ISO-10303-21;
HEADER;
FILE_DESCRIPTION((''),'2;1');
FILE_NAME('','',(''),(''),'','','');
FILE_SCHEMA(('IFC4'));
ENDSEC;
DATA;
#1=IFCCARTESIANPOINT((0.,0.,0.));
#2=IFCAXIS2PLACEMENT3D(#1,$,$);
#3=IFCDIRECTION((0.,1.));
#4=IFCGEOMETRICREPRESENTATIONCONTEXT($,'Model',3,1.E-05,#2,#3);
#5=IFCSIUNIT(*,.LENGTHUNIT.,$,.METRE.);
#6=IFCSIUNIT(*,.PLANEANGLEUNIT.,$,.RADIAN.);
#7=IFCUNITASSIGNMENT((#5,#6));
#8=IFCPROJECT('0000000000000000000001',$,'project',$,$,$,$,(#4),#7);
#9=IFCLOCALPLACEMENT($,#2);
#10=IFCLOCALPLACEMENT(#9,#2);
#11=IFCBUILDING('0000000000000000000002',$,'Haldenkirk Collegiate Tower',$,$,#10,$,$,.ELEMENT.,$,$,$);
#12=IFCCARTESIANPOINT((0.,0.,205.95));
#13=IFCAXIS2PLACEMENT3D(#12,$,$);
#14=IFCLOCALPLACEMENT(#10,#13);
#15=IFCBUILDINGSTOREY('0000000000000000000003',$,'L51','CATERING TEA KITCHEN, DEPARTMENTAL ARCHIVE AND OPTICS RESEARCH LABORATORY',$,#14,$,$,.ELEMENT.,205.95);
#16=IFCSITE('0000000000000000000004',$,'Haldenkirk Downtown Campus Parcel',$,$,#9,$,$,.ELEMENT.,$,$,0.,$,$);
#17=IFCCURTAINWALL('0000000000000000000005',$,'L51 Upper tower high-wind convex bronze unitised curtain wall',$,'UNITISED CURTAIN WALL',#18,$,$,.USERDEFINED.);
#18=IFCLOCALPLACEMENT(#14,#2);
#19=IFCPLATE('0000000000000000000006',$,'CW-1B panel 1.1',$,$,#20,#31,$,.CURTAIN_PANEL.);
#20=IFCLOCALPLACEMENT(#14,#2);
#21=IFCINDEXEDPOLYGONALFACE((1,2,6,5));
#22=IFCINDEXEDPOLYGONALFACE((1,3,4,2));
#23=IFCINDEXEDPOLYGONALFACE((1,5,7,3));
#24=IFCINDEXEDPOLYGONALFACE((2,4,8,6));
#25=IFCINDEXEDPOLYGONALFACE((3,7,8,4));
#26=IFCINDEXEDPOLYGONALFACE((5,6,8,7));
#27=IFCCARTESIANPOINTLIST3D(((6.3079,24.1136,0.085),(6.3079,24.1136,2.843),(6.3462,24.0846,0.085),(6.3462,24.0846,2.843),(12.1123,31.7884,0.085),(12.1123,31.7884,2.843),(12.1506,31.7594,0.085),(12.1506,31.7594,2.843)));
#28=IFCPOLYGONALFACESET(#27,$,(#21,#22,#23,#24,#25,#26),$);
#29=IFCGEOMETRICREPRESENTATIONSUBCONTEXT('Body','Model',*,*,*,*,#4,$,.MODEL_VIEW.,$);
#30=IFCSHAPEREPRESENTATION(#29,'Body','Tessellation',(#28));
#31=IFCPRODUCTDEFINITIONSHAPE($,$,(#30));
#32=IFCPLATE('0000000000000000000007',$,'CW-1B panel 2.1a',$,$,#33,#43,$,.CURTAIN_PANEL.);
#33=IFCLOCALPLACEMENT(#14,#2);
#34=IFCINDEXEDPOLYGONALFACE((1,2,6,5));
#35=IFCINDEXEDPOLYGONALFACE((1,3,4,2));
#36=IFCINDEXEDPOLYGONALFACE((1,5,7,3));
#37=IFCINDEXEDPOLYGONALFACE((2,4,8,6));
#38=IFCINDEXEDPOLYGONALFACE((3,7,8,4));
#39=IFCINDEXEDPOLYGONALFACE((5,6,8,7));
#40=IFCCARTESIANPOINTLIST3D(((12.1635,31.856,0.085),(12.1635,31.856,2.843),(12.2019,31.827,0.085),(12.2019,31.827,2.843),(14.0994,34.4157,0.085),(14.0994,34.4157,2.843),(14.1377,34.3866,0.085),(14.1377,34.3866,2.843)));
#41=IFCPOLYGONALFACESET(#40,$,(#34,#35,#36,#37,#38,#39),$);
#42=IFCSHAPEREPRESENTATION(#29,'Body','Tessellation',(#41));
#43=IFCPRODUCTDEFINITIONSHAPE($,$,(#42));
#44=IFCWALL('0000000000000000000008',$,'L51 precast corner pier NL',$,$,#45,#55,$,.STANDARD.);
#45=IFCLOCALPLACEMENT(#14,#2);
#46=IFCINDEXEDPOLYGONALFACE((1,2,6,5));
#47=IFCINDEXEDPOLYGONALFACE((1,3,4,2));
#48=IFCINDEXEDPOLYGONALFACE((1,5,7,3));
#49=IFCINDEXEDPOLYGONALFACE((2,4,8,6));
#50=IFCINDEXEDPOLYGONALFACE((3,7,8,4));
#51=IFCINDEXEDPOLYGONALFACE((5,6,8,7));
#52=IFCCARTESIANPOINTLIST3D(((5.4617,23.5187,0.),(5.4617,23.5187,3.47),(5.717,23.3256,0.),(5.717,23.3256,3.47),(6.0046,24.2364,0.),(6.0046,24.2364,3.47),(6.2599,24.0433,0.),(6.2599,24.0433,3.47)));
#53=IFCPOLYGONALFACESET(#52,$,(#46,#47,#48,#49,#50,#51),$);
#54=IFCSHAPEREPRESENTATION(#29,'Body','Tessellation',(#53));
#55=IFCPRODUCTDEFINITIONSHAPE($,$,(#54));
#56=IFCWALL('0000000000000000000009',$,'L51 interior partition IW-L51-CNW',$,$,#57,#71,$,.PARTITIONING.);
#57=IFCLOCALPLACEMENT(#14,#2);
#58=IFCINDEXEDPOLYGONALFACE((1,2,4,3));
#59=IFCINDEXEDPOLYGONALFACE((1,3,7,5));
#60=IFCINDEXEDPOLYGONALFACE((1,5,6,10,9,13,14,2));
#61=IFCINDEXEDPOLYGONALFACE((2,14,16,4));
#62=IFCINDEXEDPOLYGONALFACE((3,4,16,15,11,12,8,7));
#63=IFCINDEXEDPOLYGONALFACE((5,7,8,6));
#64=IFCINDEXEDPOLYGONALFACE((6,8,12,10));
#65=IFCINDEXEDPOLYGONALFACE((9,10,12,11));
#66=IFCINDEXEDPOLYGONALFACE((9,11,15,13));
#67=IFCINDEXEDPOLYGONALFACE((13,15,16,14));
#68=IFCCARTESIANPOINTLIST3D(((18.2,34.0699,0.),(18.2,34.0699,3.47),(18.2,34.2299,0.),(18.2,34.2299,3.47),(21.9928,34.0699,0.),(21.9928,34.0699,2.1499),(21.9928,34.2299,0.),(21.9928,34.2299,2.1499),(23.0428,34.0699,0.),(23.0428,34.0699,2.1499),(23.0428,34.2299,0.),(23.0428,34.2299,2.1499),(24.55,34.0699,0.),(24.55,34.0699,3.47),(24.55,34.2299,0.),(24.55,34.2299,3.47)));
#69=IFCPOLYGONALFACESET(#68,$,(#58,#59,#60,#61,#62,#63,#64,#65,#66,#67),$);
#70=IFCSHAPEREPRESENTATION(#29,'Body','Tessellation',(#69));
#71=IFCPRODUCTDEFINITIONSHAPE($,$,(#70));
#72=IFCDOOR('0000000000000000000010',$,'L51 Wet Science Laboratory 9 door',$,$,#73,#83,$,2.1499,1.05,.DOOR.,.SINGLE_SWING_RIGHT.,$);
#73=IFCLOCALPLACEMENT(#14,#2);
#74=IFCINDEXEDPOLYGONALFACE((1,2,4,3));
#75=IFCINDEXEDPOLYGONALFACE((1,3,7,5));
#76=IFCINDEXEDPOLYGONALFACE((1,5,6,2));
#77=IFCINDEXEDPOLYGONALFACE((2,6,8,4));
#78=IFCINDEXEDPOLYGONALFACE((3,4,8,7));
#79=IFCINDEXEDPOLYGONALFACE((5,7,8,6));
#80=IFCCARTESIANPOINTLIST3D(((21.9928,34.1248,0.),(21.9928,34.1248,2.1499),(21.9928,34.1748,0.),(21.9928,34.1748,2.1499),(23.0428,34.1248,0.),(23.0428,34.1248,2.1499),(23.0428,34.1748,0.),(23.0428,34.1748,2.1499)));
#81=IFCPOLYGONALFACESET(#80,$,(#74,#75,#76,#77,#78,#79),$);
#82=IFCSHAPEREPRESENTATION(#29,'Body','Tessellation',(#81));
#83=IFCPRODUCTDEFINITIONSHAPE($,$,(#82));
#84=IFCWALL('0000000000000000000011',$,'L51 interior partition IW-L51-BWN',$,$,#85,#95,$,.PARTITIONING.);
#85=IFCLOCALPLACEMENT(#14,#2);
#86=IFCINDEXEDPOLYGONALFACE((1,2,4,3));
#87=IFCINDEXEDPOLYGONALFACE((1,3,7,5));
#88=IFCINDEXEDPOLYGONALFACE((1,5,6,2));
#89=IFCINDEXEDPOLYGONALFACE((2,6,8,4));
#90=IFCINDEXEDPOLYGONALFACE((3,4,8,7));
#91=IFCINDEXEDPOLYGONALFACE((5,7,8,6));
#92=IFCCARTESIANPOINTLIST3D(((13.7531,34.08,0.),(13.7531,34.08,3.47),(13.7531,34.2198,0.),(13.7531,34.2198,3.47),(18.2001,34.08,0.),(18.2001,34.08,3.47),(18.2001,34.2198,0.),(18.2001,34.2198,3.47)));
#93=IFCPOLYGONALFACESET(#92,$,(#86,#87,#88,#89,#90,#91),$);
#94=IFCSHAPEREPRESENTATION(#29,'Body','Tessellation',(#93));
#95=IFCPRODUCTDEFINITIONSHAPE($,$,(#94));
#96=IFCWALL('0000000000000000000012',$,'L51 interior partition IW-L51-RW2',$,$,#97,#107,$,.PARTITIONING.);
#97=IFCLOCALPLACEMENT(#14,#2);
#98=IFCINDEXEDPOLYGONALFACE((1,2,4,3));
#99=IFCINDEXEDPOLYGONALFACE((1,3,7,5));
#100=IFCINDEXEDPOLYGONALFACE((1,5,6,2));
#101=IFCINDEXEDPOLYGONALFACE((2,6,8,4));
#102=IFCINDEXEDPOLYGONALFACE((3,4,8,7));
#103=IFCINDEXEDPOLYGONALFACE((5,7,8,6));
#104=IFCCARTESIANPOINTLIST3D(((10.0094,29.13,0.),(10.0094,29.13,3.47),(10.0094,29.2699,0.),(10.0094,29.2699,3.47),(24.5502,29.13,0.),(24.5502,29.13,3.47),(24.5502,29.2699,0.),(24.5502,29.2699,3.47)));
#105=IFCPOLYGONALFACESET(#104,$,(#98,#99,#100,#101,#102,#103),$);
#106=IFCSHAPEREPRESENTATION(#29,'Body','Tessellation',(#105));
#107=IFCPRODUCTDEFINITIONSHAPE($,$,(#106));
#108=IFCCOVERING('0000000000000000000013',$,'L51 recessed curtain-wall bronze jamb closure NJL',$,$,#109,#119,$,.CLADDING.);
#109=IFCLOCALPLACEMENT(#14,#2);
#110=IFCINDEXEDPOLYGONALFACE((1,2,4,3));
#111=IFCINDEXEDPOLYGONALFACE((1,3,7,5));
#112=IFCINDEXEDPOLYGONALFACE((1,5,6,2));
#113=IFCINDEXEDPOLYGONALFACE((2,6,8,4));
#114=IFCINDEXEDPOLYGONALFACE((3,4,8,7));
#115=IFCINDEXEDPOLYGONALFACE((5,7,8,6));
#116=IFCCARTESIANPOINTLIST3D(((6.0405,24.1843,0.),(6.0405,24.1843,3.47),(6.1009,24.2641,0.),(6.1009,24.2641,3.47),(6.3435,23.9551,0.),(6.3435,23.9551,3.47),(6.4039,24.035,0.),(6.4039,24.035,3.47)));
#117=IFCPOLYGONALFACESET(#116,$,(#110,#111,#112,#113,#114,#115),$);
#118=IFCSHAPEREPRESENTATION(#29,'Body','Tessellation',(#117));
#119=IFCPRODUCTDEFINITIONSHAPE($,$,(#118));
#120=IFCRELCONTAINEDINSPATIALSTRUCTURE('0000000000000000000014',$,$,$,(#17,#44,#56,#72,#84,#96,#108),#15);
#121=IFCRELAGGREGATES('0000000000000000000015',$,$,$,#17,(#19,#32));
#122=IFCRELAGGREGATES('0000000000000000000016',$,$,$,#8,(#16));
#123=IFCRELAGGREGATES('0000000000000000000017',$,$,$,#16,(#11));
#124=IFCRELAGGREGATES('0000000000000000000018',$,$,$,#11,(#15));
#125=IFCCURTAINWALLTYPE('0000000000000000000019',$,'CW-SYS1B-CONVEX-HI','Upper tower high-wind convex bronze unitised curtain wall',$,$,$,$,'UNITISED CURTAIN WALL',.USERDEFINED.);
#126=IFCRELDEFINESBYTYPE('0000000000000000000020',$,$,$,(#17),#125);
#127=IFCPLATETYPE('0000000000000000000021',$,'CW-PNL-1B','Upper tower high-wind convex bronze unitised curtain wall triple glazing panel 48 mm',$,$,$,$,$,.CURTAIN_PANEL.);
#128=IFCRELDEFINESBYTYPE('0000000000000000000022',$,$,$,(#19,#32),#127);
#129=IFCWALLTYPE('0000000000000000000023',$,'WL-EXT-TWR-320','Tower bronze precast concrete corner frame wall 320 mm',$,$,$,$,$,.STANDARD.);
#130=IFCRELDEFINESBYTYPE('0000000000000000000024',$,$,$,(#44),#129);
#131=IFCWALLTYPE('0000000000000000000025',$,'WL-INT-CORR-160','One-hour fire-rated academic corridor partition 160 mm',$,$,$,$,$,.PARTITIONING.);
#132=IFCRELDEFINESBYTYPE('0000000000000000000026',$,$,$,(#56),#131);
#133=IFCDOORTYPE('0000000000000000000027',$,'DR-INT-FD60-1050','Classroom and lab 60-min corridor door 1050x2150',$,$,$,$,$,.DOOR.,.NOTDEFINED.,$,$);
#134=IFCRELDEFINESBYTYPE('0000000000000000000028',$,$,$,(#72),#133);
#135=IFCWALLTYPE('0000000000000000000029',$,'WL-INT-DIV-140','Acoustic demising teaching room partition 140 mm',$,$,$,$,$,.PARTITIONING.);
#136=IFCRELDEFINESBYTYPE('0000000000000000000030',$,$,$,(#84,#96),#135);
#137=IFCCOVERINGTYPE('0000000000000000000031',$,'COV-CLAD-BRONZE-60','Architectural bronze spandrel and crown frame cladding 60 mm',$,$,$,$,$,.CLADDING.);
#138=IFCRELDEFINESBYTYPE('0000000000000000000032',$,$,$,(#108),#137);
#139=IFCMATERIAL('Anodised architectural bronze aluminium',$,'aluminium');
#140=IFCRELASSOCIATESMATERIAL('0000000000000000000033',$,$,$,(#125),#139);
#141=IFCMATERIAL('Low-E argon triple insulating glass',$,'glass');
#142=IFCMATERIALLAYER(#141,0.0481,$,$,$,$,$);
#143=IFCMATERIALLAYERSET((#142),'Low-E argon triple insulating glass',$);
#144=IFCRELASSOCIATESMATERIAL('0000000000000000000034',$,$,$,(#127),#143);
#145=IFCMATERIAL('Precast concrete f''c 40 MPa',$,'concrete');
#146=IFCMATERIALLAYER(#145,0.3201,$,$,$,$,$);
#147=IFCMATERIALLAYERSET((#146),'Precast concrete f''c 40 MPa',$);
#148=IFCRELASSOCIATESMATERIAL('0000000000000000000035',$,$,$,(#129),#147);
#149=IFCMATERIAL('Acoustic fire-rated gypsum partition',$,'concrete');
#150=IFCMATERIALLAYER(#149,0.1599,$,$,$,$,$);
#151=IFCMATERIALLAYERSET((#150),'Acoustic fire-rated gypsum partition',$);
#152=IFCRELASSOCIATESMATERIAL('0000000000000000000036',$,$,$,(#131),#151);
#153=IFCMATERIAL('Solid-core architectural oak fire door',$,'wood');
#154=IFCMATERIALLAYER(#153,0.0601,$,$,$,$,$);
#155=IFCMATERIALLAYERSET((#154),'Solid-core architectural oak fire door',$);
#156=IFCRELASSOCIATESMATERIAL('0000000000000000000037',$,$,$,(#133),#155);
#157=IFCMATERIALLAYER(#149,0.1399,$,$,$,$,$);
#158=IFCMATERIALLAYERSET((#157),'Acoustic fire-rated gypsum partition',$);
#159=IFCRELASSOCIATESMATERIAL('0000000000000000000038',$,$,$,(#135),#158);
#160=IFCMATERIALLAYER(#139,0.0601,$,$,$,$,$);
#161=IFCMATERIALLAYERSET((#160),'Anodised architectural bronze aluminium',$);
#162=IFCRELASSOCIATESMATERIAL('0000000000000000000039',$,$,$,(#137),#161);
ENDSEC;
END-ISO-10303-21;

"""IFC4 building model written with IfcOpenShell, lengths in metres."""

from ifc_helpers import new_model, si_unit, direction, frame, frame_2d, origin, origin_2d, place, context, subcontext, project, spatial, rectangle, extrude, source, transform, mapped, material, layer, layer_set, type_object, element, fill, aggregate, save


model = new_model("IFC4")

# Units and contexts
model_context = context("Model", 3, precision=1e-05, world=origin(), true_north=direction((0.0, 1.0)))
body_context = subcontext(model_context, "Body", "Model", "MODEL_VIEW")
ifc_project = project(units=[si_unit("LENGTHUNIT", "METRE"), si_unit("PLANEANGLEUNIT", "RADIAN")], contexts=[model_context])

# Site, building, storey
site_placement = place(None, origin())
site = spatial("IfcSite", under=ifc_project, at=site_placement, Name="Haldenkirk Downtown Campus Parcel", CompositionType="ELEMENT", RefElevation=0.0)
building_placement = place(site_placement, origin())
building = spatial("IfcBuilding", under=site, at=building_placement, Name="Haldenkirk Collegiate Tower", CompositionType="ELEMENT")
storey_placement = place(building_placement, frame((0.0, 0.0, 205.95)))
storey = spatial("IfcBuildingStorey", under=building, at=storey_placement, Name="L51", Description="CATERING TEA KITCHEN, DEPARTMENTAL ARCHIVE AND OPTICS RESEARCH LABORATORY", CompositionType="ELEMENT", Elevation=205.95)

# Curtain wall, plates
ifc_material_1 = material(Name="Anodised architectural bronze aluminium", Category="aluminium")
curtain_wall_type = type_object("IfcCurtainWallType", Name="CW-SYS1B-CONVEX-HI", Description="Upper tower high-wind convex bronze unitised curtain wall", ElementType="UNITISED CURTAIN WALL", PredefinedType="USERDEFINED", material=ifc_material_1)
curtain_wall_placement = place(storey_placement, origin())
curtain_wall = element("IfcCurtainWall", 1, at=curtain_wall_placement, inside=storey, type_object=curtain_wall_type, Name="L51 Upper tower high-wind convex bronze unitised curtain wall", ObjectType="UNITISED CURTAIN WALL", PredefinedType="USERDEFINED")
ifc_material_2 = material(Name="Low-E argon triple insulating glass", Category="glass")
ifc_layer_1 = layer(ifc_material_2, 0.0481)
ifc_layer_set_1 = layer_set([ifc_layer_1], Name="Low-E argon triple insulating glass")
plate_type = type_object("IfcPlateType", Name="CW-PNL-1B", Description="Upper tower high-wind convex bronze unitised curtain wall triple glazing panel 48 mm", PredefinedType="CURTAIN_PANEL", material=ifc_layer_set_1)
shared_shape_1 = source(origin(), body_context, "Body", "SweptSolid", [
    extrude(rectangle(XDim=9.6226, YDim=0.0481, at=origin_2d()), origin(), (0.0, 0.0, 1.0), 2.7581),
])
plate_1_placement = place(storey_placement, frame((9.2292, 27.9365, 0.085), z_axis=(0.0, 0.0, 1.0), x_axis=(0.603207, 0.797584, 0.0)))
plate_1 = element("IfcPlate", 2, at=plate_1_placement, type_object=plate_type, Name="CW-1B panel 1.1", PredefinedType="CURTAIN_PANEL", context=body_context, shape_type="MappedRepresentation", body=[
    mapped(shared_shape_1, transform((0.0, 0.0, 0.0), x_axis=(1.0, 0.0, 0.0), y_axis=(0.0, 1.0, 0.0), z_axis=(0.0, 0.0, 1.0), scale=1.0)),
])
shared_shape_2 = source(origin(), body_context, "Body", "SweptSolid", [
    extrude(rectangle(XDim=3.2092, YDim=0.0481, at=origin_2d()), origin(), (0.0, 0.0, 1.0), 2.7581),
])
plate_2_placement = place(storey_placement, frame((13.1506, 33.1213, 0.085), z_axis=(0.0, 0.0, 1.0), x_axis=(0.603207, 0.797584, 0.0)))
plate_2 = element("IfcPlate", 3, at=plate_2_placement, type_object=plate_type, Name="CW-1B panel 2.1a", PredefinedType="CURTAIN_PANEL", context=body_context, shape_type="MappedRepresentation", body=[
    mapped(shared_shape_2, transform((0.0, 0.0, 0.0), x_axis=(1.0, 0.0, 0.0), y_axis=(0.0, 1.0, 0.0), z_axis=(0.0, 0.0, 1.0), scale=1.0)),
])
aggregate(curtain_wall, [plate_1, plate_2])

# Wall
ifc_material_3 = material(Name="Precast concrete f'c 40 MPa", Category="concrete")
ifc_layer_2 = layer(ifc_material_3, 0.3201)
ifc_layer_set_2 = layer_set([ifc_layer_2], Name="Precast concrete f'c 40 MPa")
wall_type_1 = type_object("IfcWallType", Name="WL-EXT-TWR-320", Description="Tower bronze precast concrete corner frame wall 320 mm", PredefinedType="STANDARD", material=ifc_layer_set_2)
wall_1_placement = place(storey_placement, frame((5.5894, 23.4221, 0.0), z_axis=(0.0, 0.0, 1.0), x_axis=(0.603293, 0.797519, 0.0)))
element("IfcWall", 4, at=wall_1_placement, inside=storey, type_object=wall_type_1, Name="L51 precast corner pier NL", PredefinedType="STANDARD", context=body_context, shape_type="SweptSolid", body=[
    extrude(rectangle(XDim=0.8999, YDim=0.3201, at=frame_2d((0.45, 0.0))), origin(), (0.0, 0.0, 1.0), 3.47),
])

# Wall, opening, door
ifc_material_4 = material(Name="Acoustic fire-rated gypsum partition", Category="concrete")
ifc_layer_3 = layer(ifc_material_4, 0.1599)
ifc_layer_set_3 = layer_set([ifc_layer_3], Name="Acoustic fire-rated gypsum partition")
wall_type_2 = type_object("IfcWallType", Name="WL-INT-CORR-160", Description="One-hour fire-rated academic corridor partition 160 mm", PredefinedType="PARTITIONING", material=ifc_layer_set_3)
wall_2_placement = place(storey_placement, frame((18.2, 34.1499, 0.0), z_axis=(0.0, 0.0, 1.0), x_axis=(1.0, 0.0, 0.0)))
wall_2 = element("IfcWall", 5, at=wall_2_placement, inside=storey, type_object=wall_type_2, Name="L51 interior partition IW-L51-CNW", PredefinedType="PARTITIONING", context=body_context, shape_type="SweptSolid", body=[
    extrude(rectangle(XDim=6.3501, YDim=0.1599, at=frame_2d((3.175, 0.0))), origin(), (0.0, 0.0, 1.0), 3.47),
])
opening_1_placement = place(wall_2_placement, frame((3.793, 0.0, 0.0)))
opening_1 = element("IfcOpeningElement", 6, at=opening_1_placement, cuts=wall_2, PredefinedType="OPENING", context=body_context, shape_type="SweptSolid", body=[
    extrude(rectangle(XDim=1.05, YDim=2.1499, at=frame_2d((0.5249, 1.075))), frame((0.0, 0.0898, 0.0), z_axis=(0.0, -1.0, 0.0), x_axis=(1.0, 0.0, 0.0)), (0.0, 0.0, 1.0), 0.1799),
])
ifc_material_5 = material(Name="Solid-core architectural oak fire door", Category="wood")
ifc_layer_4 = layer(ifc_material_5, 0.0601)
ifc_layer_set_4 = layer_set([ifc_layer_4], Name="Solid-core architectural oak fire door")
door_type_1 = type_object("IfcDoorType", Name="DR-INT-FD60-1050", Description="Classroom and lab 60-min corridor door 1050x2150", OperationType="NOTDEFINED", PredefinedType="DOOR", material=ifc_layer_set_4)
door_1_placement = place(opening_1_placement, origin())
door_1 = element("IfcDoor", 7, at=door_1_placement, inside=storey, type_object=door_type_1, Name="L51 Wet Science Laboratory 9 door", OperationType="SINGLE_SWING_RIGHT", OverallHeight=2.1499, OverallWidth=1.05, PredefinedType="DOOR", context=body_context, shape_type="SweptSolid", body=[
    extrude(rectangle(XDim=1.05, YDim=2.1499, at=frame_2d((0.5249, 1.075))), frame((0.0, 0.0249, 0.0), z_axis=(0.0, -1.0, 0.0), x_axis=(1.0, 0.0, 0.0)), (0.0, 0.0, 1.0), 0.05),
])
fill(opening_1, door_1)

# Walls
ifc_layer_5 = layer(ifc_material_4, 0.1399)
ifc_layer_set_5 = layer_set([ifc_layer_5], Name="Acoustic fire-rated gypsum partition")
wall_type_3 = type_object("IfcWallType", Name="WL-INT-DIV-140", Description="Acoustic demising teaching room partition 140 mm", PredefinedType="PARTITIONING", material=ifc_layer_set_5)
wall_3_placement = place(storey_placement, frame((13.7529, 34.1499, 0.0), z_axis=(0.0, 0.0, 1.0), x_axis=(1.0, 0.0, 0.0)))
element("IfcWall", 8, at=wall_3_placement, inside=storey, type_object=wall_type_3, Name="L51 interior partition IW-L51-BWN", PredefinedType="PARTITIONING", context=body_context, shape_type="SweptSolid", body=[
    extrude(rectangle(XDim=4.447, YDim=0.1399, at=frame_2d((2.2236, 0.0))), origin(), (0.0, 0.0, 1.0), 3.47),
])
wall_4_placement = place(storey_placement, frame((10.0093, 29.2, 0.0), z_axis=(0.0, 0.0, 1.0), x_axis=(1.0, 0.0, 0.0)))
element("IfcWall", 9, at=wall_4_placement, inside=storey, type_object=wall_type_3, Name="L51 interior partition IW-L51-RW2", PredefinedType="PARTITIONING", context=body_context, shape_type="SweptSolid", body=[
    extrude(rectangle(XDim=14.5408, YDim=0.1399, at=frame_2d((7.2705, 0.0))), origin(), (0.0, 0.0, 1.0), 3.47),
])

# Covering
ifc_layer_6 = layer(ifc_material_1, 0.0601)
ifc_layer_set_6 = layer_set([ifc_layer_6], Name="Anodised architectural bronze aluminium")
covering_type = type_object("IfcCoveringType", Name="COV-CLAD-BRONZE-60", Description="Architectural bronze spandrel and crown frame cladding 60 mm", PredefinedType="CLADDING", material=ifc_layer_set_6)
shared_shape_3 = source(origin(), body_context, "Body", "SweptSolid", [
    extrude(rectangle(XDim=0.1001, YDim=0.3799, at=origin_2d()), origin(), (0.0, 0.0, 1.0), 3.47),
])
covering_placement = place(storey_placement, frame((6.2222, 24.1096, 0.0), z_axis=(0.0, 0.0, 1.0), x_axis=(0.603208, 0.797584, 0.0)))
element("IfcCovering", 10, at=covering_placement, inside=storey, type_object=covering_type, Name="L51 recessed curtain-wall bronze jamb closure NJL", PredefinedType="CLADDING", context=body_context, shape_type="MappedRepresentation", body=[
    mapped(shared_shape_3, transform((0.0, 0.0, 0.0), x_axis=(1.0, 0.0, 0.0), y_axis=(0.0, 1.0, 0.0), z_axis=(0.0, 0.0, 1.0), scale=1.0)),
])

save(model, "model.ifc")
